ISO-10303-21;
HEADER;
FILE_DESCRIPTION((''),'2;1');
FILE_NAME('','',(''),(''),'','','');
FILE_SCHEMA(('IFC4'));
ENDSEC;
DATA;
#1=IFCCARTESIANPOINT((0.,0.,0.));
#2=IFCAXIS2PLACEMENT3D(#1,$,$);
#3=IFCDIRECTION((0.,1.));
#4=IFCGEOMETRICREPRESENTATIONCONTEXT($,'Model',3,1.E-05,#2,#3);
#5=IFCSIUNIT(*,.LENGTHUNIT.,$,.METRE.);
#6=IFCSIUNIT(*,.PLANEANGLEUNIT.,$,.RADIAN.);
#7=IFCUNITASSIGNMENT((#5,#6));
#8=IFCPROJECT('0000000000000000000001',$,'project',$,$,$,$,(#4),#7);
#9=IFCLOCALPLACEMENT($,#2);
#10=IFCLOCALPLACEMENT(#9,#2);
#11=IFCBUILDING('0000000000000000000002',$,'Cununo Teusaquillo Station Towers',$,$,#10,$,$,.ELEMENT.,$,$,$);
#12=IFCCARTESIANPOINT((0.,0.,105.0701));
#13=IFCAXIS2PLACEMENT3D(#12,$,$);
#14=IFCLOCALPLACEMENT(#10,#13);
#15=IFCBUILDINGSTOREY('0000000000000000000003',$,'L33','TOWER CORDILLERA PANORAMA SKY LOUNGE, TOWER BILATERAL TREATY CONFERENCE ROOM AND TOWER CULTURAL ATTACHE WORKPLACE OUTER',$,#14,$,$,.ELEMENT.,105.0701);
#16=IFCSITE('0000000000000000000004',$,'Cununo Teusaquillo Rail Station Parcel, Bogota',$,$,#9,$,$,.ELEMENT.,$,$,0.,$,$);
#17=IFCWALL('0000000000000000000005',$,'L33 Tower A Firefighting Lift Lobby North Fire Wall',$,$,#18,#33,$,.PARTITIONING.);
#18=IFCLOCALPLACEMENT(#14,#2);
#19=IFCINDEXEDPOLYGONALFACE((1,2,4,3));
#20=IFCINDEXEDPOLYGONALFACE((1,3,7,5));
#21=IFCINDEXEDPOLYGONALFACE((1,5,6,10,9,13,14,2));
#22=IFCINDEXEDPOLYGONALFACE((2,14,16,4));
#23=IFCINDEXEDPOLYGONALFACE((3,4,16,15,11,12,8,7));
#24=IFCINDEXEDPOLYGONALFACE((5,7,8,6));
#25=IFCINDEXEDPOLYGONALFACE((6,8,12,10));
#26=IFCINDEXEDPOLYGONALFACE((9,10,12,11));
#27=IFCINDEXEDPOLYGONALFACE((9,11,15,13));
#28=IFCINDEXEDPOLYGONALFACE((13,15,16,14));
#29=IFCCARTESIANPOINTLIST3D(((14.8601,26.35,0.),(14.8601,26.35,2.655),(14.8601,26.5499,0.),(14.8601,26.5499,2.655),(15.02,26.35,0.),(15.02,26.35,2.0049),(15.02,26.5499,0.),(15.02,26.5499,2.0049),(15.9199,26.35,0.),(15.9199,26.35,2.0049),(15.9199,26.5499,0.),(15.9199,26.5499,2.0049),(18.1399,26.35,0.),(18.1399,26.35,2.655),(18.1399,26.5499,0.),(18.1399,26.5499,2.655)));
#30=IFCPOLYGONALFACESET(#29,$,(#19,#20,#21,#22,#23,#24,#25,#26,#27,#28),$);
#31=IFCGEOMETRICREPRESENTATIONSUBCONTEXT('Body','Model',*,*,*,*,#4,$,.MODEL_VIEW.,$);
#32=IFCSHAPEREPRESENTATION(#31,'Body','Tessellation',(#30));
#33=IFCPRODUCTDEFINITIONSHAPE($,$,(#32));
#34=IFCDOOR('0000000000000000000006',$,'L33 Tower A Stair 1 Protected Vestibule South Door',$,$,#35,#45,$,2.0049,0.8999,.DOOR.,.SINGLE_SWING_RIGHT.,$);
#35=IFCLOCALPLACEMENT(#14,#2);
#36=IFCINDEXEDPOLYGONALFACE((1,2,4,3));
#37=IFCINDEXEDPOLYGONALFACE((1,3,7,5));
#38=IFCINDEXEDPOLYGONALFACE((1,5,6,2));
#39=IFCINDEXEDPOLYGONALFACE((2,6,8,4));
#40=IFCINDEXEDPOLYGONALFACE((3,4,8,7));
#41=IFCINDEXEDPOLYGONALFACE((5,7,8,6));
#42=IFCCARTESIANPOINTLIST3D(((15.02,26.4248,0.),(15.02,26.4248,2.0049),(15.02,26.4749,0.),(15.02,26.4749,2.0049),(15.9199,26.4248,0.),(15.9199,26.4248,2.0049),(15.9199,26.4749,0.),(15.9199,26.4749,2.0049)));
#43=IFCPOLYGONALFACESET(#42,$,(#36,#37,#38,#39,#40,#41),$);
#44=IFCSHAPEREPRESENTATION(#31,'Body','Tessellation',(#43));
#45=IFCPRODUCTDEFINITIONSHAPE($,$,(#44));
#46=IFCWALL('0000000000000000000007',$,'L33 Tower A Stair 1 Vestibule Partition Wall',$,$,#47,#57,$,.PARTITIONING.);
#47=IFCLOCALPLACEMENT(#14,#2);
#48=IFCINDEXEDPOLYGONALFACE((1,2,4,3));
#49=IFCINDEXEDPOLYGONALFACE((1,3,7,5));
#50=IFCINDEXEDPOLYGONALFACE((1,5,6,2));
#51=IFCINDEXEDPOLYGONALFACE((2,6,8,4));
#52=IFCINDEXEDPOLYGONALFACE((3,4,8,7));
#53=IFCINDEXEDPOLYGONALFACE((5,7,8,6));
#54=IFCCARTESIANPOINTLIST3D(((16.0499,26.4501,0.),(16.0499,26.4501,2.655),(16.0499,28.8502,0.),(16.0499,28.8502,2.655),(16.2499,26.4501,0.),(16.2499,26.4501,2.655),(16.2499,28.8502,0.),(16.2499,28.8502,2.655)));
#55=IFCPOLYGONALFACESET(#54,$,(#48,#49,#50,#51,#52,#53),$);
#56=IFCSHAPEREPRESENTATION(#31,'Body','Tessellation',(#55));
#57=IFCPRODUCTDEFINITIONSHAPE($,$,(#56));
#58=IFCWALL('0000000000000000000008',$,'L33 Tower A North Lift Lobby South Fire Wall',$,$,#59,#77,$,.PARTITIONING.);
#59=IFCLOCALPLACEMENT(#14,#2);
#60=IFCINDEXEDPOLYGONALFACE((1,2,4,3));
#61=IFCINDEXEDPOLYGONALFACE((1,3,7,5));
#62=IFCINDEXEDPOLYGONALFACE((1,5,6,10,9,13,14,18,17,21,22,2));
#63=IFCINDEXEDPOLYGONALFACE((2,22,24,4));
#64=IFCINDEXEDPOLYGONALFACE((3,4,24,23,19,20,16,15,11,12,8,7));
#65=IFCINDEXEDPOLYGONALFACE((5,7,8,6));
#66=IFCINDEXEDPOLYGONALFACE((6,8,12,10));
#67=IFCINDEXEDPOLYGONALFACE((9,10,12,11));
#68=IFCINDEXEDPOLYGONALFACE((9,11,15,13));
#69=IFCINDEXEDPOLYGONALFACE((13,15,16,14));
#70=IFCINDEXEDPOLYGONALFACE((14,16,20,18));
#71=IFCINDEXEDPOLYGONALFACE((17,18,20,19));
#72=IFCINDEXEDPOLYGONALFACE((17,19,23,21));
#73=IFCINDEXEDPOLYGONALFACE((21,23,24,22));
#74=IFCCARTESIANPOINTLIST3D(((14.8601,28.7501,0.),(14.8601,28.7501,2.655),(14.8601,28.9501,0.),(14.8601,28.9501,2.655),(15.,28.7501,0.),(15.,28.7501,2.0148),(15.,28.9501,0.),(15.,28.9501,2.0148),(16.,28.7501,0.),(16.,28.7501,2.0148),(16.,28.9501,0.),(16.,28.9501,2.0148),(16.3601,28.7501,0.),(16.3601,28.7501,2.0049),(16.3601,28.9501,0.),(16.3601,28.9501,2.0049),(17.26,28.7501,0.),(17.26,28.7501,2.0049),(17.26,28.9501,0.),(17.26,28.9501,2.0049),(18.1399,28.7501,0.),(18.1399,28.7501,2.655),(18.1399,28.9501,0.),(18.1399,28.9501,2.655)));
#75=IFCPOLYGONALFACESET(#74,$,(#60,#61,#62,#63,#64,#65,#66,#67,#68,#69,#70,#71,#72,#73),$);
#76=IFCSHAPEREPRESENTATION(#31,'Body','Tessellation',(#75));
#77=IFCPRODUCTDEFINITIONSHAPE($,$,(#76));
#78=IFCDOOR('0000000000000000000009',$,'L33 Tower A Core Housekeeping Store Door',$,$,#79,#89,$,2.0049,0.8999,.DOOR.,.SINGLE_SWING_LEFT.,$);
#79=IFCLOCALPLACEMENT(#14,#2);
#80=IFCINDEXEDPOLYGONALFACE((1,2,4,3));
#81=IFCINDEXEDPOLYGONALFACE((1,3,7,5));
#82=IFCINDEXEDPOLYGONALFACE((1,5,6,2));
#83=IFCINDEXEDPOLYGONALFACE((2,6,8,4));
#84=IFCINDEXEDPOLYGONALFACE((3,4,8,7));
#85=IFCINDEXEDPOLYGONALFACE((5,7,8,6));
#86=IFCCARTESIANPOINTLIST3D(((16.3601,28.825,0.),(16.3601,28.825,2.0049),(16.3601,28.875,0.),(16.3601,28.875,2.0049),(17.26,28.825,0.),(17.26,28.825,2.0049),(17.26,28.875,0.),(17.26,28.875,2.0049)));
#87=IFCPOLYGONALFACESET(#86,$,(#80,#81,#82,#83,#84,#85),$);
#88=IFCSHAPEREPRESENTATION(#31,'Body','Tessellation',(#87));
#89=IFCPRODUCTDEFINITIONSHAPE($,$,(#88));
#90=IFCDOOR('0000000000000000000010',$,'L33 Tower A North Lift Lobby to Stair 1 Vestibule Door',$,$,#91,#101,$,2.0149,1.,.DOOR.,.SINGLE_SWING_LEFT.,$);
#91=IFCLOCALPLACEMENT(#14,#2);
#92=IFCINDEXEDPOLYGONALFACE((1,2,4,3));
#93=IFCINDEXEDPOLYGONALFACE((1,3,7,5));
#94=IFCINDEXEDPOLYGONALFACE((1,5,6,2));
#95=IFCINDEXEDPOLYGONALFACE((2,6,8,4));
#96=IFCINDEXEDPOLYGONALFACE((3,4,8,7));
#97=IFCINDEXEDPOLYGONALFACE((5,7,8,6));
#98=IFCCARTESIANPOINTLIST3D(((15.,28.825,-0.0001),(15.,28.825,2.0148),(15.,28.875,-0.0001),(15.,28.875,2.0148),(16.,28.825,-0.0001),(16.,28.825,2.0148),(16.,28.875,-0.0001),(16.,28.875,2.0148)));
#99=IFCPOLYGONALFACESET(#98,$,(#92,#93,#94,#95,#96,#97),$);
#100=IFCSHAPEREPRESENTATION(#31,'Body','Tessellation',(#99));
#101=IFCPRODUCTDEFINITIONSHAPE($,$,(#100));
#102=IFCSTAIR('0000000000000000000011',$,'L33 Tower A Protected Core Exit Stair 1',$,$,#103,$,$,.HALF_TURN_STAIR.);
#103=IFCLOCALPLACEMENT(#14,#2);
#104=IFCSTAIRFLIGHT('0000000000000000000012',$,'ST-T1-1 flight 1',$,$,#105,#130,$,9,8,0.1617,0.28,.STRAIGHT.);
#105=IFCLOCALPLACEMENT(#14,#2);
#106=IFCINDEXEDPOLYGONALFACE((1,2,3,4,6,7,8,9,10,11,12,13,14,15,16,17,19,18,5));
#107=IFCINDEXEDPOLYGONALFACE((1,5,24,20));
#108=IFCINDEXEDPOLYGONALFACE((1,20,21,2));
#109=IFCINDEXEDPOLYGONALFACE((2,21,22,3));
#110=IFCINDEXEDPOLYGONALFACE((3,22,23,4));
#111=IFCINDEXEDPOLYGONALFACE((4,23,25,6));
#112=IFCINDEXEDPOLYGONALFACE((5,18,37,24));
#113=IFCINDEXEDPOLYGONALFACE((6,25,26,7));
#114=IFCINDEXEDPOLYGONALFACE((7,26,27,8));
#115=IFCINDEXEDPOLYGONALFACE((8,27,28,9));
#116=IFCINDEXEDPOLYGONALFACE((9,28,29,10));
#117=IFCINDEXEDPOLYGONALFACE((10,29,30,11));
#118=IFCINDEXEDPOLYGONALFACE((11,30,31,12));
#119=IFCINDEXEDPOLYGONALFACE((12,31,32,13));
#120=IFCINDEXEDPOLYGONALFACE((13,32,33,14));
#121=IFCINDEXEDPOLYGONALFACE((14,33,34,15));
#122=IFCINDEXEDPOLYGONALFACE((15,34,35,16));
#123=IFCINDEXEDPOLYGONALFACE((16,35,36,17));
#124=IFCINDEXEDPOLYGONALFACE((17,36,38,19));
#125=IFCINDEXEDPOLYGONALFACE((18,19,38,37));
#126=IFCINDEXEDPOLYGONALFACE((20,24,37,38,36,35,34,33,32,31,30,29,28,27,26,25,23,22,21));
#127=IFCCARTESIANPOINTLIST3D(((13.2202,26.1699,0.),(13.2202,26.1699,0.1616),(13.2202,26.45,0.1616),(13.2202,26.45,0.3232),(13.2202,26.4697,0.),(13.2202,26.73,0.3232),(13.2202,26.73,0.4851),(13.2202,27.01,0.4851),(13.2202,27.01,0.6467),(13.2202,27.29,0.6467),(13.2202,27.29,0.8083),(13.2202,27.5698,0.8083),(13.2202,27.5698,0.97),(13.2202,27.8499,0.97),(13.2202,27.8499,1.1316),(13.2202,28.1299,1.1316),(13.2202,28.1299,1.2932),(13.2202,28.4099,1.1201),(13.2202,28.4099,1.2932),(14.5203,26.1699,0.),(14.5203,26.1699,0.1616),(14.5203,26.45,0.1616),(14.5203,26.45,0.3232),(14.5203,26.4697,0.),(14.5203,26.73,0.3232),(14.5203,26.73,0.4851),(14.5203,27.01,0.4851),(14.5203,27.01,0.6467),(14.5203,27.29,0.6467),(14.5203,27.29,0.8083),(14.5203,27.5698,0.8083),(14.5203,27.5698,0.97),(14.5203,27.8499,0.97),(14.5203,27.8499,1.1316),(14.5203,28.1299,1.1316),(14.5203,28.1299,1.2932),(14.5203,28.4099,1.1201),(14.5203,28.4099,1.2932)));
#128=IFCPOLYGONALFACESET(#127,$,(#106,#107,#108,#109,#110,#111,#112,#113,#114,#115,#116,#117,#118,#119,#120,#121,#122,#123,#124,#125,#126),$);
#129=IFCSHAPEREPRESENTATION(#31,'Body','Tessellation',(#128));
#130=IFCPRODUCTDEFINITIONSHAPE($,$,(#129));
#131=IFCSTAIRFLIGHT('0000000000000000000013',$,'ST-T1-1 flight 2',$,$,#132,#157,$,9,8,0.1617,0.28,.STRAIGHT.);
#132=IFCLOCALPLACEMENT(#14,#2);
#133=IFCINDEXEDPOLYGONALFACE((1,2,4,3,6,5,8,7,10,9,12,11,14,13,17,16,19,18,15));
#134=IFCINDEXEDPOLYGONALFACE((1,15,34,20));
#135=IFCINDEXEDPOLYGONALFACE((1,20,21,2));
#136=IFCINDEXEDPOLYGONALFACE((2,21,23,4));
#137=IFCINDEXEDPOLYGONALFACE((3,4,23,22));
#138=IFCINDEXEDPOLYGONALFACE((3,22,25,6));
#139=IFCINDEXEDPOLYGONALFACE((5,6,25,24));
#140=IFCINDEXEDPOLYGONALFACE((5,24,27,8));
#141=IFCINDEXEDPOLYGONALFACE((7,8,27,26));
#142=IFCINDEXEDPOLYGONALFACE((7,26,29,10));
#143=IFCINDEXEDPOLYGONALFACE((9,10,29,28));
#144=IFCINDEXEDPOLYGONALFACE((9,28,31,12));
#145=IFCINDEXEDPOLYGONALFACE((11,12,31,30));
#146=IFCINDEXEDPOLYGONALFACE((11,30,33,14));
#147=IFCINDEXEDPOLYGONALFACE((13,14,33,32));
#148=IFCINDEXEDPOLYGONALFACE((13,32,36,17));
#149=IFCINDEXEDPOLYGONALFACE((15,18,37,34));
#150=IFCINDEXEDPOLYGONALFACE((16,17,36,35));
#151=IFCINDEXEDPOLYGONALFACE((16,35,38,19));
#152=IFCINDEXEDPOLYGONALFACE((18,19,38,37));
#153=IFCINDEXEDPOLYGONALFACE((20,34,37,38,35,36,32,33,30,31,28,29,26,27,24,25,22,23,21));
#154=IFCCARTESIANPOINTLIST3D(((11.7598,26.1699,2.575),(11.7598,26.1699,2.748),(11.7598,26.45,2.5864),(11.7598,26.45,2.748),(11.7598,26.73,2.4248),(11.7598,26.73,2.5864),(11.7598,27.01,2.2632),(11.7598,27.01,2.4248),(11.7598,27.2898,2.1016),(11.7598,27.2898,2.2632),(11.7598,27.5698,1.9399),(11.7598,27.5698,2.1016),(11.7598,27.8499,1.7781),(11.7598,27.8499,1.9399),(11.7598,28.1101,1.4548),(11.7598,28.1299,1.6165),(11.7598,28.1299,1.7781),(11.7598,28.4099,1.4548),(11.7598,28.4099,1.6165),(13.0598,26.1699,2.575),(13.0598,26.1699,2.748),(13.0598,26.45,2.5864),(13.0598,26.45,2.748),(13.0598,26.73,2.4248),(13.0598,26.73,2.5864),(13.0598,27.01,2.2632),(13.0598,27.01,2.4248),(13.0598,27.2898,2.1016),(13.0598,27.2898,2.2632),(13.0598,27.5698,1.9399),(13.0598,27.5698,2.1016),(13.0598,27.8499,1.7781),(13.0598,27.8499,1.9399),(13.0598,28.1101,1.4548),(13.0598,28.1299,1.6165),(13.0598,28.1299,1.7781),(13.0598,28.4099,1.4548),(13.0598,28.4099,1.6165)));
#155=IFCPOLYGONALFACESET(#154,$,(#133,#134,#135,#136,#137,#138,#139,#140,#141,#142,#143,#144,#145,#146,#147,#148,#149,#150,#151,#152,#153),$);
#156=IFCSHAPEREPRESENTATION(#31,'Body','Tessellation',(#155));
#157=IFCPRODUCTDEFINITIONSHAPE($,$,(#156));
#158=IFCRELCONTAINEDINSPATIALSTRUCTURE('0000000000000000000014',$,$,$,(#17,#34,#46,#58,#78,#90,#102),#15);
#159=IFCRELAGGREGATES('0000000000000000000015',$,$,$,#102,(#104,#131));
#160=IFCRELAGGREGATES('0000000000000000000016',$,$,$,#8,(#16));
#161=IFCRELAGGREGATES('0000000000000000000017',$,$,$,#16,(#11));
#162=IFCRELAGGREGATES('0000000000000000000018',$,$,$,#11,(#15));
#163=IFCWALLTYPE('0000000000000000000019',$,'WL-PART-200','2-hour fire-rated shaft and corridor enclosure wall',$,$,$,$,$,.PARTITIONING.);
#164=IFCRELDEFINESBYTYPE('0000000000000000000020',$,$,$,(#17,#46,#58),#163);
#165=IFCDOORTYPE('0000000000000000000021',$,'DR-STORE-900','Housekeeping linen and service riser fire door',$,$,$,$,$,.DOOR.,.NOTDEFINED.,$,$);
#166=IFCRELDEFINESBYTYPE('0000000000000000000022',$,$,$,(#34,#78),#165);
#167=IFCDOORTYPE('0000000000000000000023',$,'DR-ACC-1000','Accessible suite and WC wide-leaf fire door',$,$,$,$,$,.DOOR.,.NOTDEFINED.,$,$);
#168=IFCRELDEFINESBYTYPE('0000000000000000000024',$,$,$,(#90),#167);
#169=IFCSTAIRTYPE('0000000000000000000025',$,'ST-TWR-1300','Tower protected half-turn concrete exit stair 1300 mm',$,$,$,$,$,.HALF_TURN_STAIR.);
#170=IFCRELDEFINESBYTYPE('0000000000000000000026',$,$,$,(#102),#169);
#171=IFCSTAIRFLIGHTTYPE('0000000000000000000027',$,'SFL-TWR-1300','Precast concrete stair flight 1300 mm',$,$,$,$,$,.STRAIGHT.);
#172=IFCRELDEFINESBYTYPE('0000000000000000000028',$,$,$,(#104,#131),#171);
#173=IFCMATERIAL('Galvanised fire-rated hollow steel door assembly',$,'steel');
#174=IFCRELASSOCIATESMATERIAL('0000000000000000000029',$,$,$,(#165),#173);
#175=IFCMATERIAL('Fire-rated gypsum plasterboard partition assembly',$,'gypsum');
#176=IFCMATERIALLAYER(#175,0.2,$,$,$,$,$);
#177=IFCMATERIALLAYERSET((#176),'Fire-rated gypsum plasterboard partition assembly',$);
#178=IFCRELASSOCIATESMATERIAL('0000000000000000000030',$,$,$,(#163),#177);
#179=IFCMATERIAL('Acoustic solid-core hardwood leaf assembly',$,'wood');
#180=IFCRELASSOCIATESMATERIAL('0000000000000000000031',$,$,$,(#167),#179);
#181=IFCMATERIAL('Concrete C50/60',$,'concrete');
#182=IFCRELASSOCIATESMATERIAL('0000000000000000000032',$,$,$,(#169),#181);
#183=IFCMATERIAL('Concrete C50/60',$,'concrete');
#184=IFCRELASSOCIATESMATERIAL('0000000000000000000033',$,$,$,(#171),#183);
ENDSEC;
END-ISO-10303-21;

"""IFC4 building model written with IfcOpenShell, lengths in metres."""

from ifc_helpers import new_model, si_unit, direction, frame, frame_2d, origin, place, context, subcontext, project, spatial, polyline, rectangle, outline, extrude, source, transform, mapped, material, layer, layer_set, type_object, element, fill, aggregate, save


model = new_model("IFC4")

# Units and contexts
model_context = context("Model", 3, precision=1e-05, world=origin(), true_north=direction((0.0, 1.0)))
body_context = subcontext(model_context, "Body", "Model", "MODEL_VIEW")
ifc_project = project(units=[si_unit("LENGTHUNIT", "METRE"), si_unit("PLANEANGLEUNIT", "RADIAN")], contexts=[model_context])

# Site, building, storey
site_placement = place(None, origin())
site = spatial("IfcSite", under=ifc_project, at=site_placement, Name="Cununo Teusaquillo Rail Station Parcel, Bogota", CompositionType="ELEMENT", RefElevation=0.0)
building_placement = place(site_placement, origin())
building = spatial("IfcBuilding", under=site, at=building_placement, Name="Cununo Teusaquillo Station Towers", CompositionType="ELEMENT")
storey_placement = place(building_placement, frame((0.0, 0.0, 105.0701)))
storey = spatial("IfcBuildingStorey", under=building, at=storey_placement, Name="L33", Description="TOWER CORDILLERA PANORAMA SKY LOUNGE, TOWER BILATERAL TREATY CONFERENCE ROOM AND TOWER CULTURAL ATTACHE WORKPLACE OUTER", CompositionType="ELEMENT", Elevation=105.0701)

# Shared definitions
ifc_material_1 = material(Name="Galvanised fire-rated hollow steel door assembly", Category="steel")
door_type_1 = type_object("IfcDoorType", Name="DR-STORE-900", Description="Housekeeping linen and service riser fire door", OperationType="NOTDEFINED", PredefinedType="DOOR", material=ifc_material_1)
shared_shape_1 = source(origin(), body_context, "Body", "SweptSolid", [
    extrude(rectangle(XDim=0.8999, YDim=2.0049, at=frame_2d((0.45, 1.0024))), frame((0.0, 0.0249, 0.0), z_axis=(0.0, -1.0, 0.0), x_axis=(1.0, 0.0, 0.0)), (0.0, 0.0, 1.0), 0.05),
])

# Wall, opening, door
ifc_material_2 = material(Name="Fire-rated gypsum plasterboard partition assembly", Category="gypsum")
ifc_layer_1 = layer(ifc_material_2, 0.2)
ifc_layer_set_1 = layer_set([ifc_layer_1], Name="Fire-rated gypsum plasterboard partition assembly")
wall_type_1 = type_object("IfcWallType", Name="WL-PART-200", Description="2-hour fire-rated shaft and corridor enclosure wall", PredefinedType="PARTITIONING", material=ifc_layer_set_1)
wall_1_placement = place(storey_placement, frame((14.8601, 26.45, 0.0), z_axis=(0.0, 0.0, 1.0), x_axis=(1.0, 0.0, 0.0)))
wall_1 = element("IfcWall", 1, at=wall_1_placement, inside=storey, type_object=wall_type_1, Name="L33 Tower A Firefighting Lift Lobby North Fire Wall", PredefinedType="PARTITIONING", context=body_context, shape_type="SweptSolid", body=[
    extrude(rectangle(XDim=3.2798, YDim=0.2, at=frame_2d((1.6399, 0.0))), origin(), (0.0, 0.0, 1.0), 2.655),
])
shared_shape_2 = source(origin(), body_context, "Body", "SweptSolid", [
    extrude(rectangle(XDim=0.8999, YDim=2.0049, at=frame_2d((0.45, 1.0024))), frame((0.0, 0.1099, 0.0), z_axis=(0.0, -1.0, 0.0), x_axis=(1.0, 0.0, 0.0)), (0.0, 0.0, 1.0), 0.22),
])
opening_1_placement = place(wall_1_placement, frame((0.1599, 0.0, 0.0)))
opening_1 = element("IfcOpeningElement", 2, at=opening_1_placement, cuts=wall_1, PredefinedType="OPENING", context=body_context, shape_type="MappedRepresentation", body=[
    mapped(shared_shape_2, transform((0.0, 0.0, 0.0), x_axis=(1.0, 0.0, 0.0), y_axis=(0.0, 1.0, 0.0), z_axis=(0.0, 0.0, 1.0), scale=1.0)),
])
door_1_placement = place(opening_1_placement, origin())
door_1 = element("IfcDoor", 3, at=door_1_placement, inside=storey, type_object=door_type_1, Name="L33 Tower A Stair 1 Protected Vestibule South Door", OperationType="SINGLE_SWING_RIGHT", OverallHeight=2.0049, OverallWidth=0.8999, PredefinedType="DOOR", context=body_context, shape_type="MappedRepresentation", body=[
    mapped(shared_shape_1, transform((0.0, 0.0, 0.0), x_axis=(1.0, 0.0, 0.0), y_axis=(0.0, 1.0, 0.0), z_axis=(0.0, 0.0, 1.0), scale=1.0)),
])
fill(opening_1, door_1)

# Wall
wall_2_placement = place(storey_placement, frame((16.1499, 26.45, 0.0), z_axis=(0.0, 0.0, 1.0), x_axis=(0.0, 1.0, 0.0)))
element("IfcWall", 4, at=wall_2_placement, inside=storey, type_object=wall_type_1, Name="L33 Tower A Stair 1 Vestibule Partition Wall", PredefinedType="PARTITIONING", context=body_context, shape_type="SweptSolid", body=[
    extrude(rectangle(XDim=2.4001, YDim=0.2, at=frame_2d((1.2002, 0.0))), origin(), (0.0, 0.0, 1.0), 2.655),
])

# Wall, openings, doors
wall_3_placement = place(storey_placement, frame((14.8601, 28.8501, 0.0), z_axis=(0.0, 0.0, 1.0), x_axis=(1.0, 0.0, 0.0)))
wall_3 = element("IfcWall", 5, at=wall_3_placement, inside=storey, type_object=wall_type_1, Name="L33 Tower A North Lift Lobby South Fire Wall", PredefinedType="PARTITIONING", context=body_context, shape_type="SweptSolid", body=[
    extrude(rectangle(XDim=3.2798, YDim=0.2, at=frame_2d((1.6399, 0.0))), origin(), (0.0, 0.0, 1.0), 2.655),
])
shared_shape_3 = source(origin(), body_context, "Body", "SweptSolid", [
    extrude(rectangle(XDim=1.0, YDim=2.0149, at=frame_2d((0.5, 1.0073))), frame((0.0, 0.1099, 0.0), z_axis=(0.0, -1.0, 0.0), x_axis=(1.0, 0.0, 0.0)), (0.0, 0.0, 1.0), 0.22),
])
opening_2_placement = place(wall_3_placement, frame((0.1399, 0.0, 0.0)))
opening_2 = element("IfcOpeningElement", 6, at=opening_2_placement, cuts=wall_3, PredefinedType="OPENING", context=body_context, shape_type="MappedRepresentation", body=[
    mapped(shared_shape_3, transform((0.0, 0.0, 0.0), x_axis=(1.0, 0.0, 0.0), y_axis=(0.0, 1.0, 0.0), z_axis=(0.0, 0.0, 1.0), scale=1.0)),
])
opening_3_placement = place(wall_3_placement, frame((1.5, 0.0, 0.0)))
opening_3 = element("IfcOpeningElement", 7, at=opening_3_placement, cuts=wall_3, PredefinedType="OPENING", context=body_context, shape_type="MappedRepresentation", body=[
    mapped(shared_shape_2, transform((0.0, 0.0, 0.0), x_axis=(1.0, 0.0, 0.0), y_axis=(0.0, 1.0, 0.0), z_axis=(0.0, 0.0, 1.0), scale=1.0)),
])
door_2_placement = place(opening_3_placement, origin())
door_2 = element("IfcDoor", 8, at=door_2_placement, inside=storey, type_object=door_type_1, Name="L33 Tower A Core Housekeeping Store Door", OperationType="SINGLE_SWING_LEFT", OverallHeight=2.0049, OverallWidth=0.8999, PredefinedType="DOOR", context=body_context, shape_type="MappedRepresentation", body=[
    mapped(shared_shape_1, transform((0.0, 0.0, 0.0), x_axis=(1.0, 0.0, 0.0), y_axis=(0.0, 1.0, 0.0), z_axis=(0.0, 0.0, 1.0), scale=1.0)),
])
fill(opening_3, door_2)
ifc_material_3 = material(Name="Acoustic solid-core hardwood leaf assembly", Category="wood")
door_type_2 = type_object("IfcDoorType", Name="DR-ACC-1000", Description="Accessible suite and WC wide-leaf fire door", OperationType="NOTDEFINED", PredefinedType="DOOR", material=ifc_material_3)
shared_shape_4 = source(origin(), body_context, "Body", "SweptSolid", [
    extrude(rectangle(XDim=1.0, YDim=2.0149, at=frame_2d((0.5, 1.0073))), frame((0.0, 0.0249, 0.0), z_axis=(0.0, -1.0, 0.0), x_axis=(1.0, 0.0, 0.0)), (0.0, 0.0, 1.0), 0.05),
])
door_3_placement = place(opening_2_placement, origin())
door_3 = element("IfcDoor", 9, at=door_3_placement, inside=storey, type_object=door_type_2, Name="L33 Tower A North Lift Lobby to Stair 1 Vestibule Door", OperationType="SINGLE_SWING_LEFT", OverallHeight=2.0149, OverallWidth=1.0, PredefinedType="DOOR", context=body_context, shape_type="MappedRepresentation", body=[
    mapped(shared_shape_4, transform((0.0, 0.0, 0.0), x_axis=(1.0, 0.0, 0.0), y_axis=(0.0, 1.0, 0.0), z_axis=(0.0, 0.0, 1.0), scale=1.0)),
])
fill(opening_2, door_3)

# Stair, stair flights
ifc_material_4 = material(Name="Concrete C50/60", Category="concrete")
stair_type = type_object("IfcStairType", Name="ST-TWR-1300", Description="Tower protected half-turn concrete exit stair 1300 mm", PredefinedType="HALF_TURN_STAIR", material=ifc_material_4)
stair_placement = place(storey_placement, origin())
stair = element("IfcStair", 10, at=stair_placement, inside=storey, type_object=stair_type, Name="L33 Tower A Protected Core Exit Stair 1", PredefinedType="HALF_TURN_STAIR")
ifc_material_5 = material(Name="Concrete C50/60", Category="concrete")
stair_flight_type = type_object("IfcStairFlightType", Name="SFL-TWR-1300", Description="Precast concrete stair flight 1300 mm", PredefinedType="STRAIGHT", material=ifc_material_5)
stair_flight_1_placement = place(storey_placement, frame((13.8701, 26.1699, 0.0), z_axis=(0.0, 0.0, 1.0), x_axis=(0.0, 1.0, 0.0)))
stair_flight_1 = element("IfcStairFlight", 11, at=stair_flight_1_placement, type_object=stair_flight_type, Name="ST-T1-1 flight 1", NumberOfRisers=9, NumberOfTreads=8, PredefinedType="STRAIGHT", RiserHeight=0.1617, TreadLength=0.28, context=body_context, shape_type="SweptSolid", body=[
    extrude(outline(polyline([(0.0, 0.0), (0.0, 0.1616), (0.28, 0.1616), (0.28, 0.3232), (0.5601, 0.3232), (0.5601, 0.4851), (0.8401, 0.4851), (0.8401, 0.6467), (1.1201, 0.6467), (1.1201, 0.8083), (1.3999, 0.8083), (1.3999, 0.97), (1.6799, 0.97), (1.6799, 1.1316), (1.96, 1.1316), (1.96, 1.2932), (2.24, 1.2932), (2.24, 1.4551), (2.24, 1.1201), (0.2998, 0.0), (0.0, 0.0)])), frame((0.0, 0.6499, 0.0), z_axis=(0.0, -1.0, 0.0), x_axis=(1.0, 0.0, 0.0)), (0.0, 0.0, 1.0), 1.3),
])
stair_flight_2_placement = place(storey_placement, frame((12.4099, 28.4099, 1.4548), z_axis=(0.0, 0.0, 1.0), x_axis=(0.0, -1.0, 0.0)))
stair_flight_2 = element("IfcStairFlight", 12, at=stair_flight_2_placement, type_object=stair_flight_type, Name="ST-T1-1 flight 2", NumberOfRisers=9, NumberOfTreads=8, PredefinedType="STRAIGHT", RiserHeight=0.1617, TreadLength=0.28, context=body_context, shape_type="SweptSolid", body=[
    extrude(outline(polyline([(0.0, 0.0), (0.0, 0.1616), (0.28, 0.1616), (0.28, 0.3232), (0.5601, 0.3232), (0.5601, 0.4851), (0.8401, 0.4851), (0.8401, 0.6467), (1.1201, 0.6467), (1.1201, 0.8083), (1.3999, 0.8083), (1.3999, 0.97), (1.6799, 0.97), (1.6799, 1.1316), (1.96, 1.1316), (1.96, 1.2932), (2.24, 1.2932), (2.24, 1.4551), (2.24, 1.1201), (0.2998, 0.0), (0.0, 0.0)])), frame((0.0, 0.6499, 0.0), z_axis=(0.0, -1.0, 0.0), x_axis=(1.0, 0.0, 0.0)), (0.0, 0.0, 1.0), 1.3),
])
aggregate(stair, [stair_flight_1, stair_flight_2])

save(model, "model.ifc")
